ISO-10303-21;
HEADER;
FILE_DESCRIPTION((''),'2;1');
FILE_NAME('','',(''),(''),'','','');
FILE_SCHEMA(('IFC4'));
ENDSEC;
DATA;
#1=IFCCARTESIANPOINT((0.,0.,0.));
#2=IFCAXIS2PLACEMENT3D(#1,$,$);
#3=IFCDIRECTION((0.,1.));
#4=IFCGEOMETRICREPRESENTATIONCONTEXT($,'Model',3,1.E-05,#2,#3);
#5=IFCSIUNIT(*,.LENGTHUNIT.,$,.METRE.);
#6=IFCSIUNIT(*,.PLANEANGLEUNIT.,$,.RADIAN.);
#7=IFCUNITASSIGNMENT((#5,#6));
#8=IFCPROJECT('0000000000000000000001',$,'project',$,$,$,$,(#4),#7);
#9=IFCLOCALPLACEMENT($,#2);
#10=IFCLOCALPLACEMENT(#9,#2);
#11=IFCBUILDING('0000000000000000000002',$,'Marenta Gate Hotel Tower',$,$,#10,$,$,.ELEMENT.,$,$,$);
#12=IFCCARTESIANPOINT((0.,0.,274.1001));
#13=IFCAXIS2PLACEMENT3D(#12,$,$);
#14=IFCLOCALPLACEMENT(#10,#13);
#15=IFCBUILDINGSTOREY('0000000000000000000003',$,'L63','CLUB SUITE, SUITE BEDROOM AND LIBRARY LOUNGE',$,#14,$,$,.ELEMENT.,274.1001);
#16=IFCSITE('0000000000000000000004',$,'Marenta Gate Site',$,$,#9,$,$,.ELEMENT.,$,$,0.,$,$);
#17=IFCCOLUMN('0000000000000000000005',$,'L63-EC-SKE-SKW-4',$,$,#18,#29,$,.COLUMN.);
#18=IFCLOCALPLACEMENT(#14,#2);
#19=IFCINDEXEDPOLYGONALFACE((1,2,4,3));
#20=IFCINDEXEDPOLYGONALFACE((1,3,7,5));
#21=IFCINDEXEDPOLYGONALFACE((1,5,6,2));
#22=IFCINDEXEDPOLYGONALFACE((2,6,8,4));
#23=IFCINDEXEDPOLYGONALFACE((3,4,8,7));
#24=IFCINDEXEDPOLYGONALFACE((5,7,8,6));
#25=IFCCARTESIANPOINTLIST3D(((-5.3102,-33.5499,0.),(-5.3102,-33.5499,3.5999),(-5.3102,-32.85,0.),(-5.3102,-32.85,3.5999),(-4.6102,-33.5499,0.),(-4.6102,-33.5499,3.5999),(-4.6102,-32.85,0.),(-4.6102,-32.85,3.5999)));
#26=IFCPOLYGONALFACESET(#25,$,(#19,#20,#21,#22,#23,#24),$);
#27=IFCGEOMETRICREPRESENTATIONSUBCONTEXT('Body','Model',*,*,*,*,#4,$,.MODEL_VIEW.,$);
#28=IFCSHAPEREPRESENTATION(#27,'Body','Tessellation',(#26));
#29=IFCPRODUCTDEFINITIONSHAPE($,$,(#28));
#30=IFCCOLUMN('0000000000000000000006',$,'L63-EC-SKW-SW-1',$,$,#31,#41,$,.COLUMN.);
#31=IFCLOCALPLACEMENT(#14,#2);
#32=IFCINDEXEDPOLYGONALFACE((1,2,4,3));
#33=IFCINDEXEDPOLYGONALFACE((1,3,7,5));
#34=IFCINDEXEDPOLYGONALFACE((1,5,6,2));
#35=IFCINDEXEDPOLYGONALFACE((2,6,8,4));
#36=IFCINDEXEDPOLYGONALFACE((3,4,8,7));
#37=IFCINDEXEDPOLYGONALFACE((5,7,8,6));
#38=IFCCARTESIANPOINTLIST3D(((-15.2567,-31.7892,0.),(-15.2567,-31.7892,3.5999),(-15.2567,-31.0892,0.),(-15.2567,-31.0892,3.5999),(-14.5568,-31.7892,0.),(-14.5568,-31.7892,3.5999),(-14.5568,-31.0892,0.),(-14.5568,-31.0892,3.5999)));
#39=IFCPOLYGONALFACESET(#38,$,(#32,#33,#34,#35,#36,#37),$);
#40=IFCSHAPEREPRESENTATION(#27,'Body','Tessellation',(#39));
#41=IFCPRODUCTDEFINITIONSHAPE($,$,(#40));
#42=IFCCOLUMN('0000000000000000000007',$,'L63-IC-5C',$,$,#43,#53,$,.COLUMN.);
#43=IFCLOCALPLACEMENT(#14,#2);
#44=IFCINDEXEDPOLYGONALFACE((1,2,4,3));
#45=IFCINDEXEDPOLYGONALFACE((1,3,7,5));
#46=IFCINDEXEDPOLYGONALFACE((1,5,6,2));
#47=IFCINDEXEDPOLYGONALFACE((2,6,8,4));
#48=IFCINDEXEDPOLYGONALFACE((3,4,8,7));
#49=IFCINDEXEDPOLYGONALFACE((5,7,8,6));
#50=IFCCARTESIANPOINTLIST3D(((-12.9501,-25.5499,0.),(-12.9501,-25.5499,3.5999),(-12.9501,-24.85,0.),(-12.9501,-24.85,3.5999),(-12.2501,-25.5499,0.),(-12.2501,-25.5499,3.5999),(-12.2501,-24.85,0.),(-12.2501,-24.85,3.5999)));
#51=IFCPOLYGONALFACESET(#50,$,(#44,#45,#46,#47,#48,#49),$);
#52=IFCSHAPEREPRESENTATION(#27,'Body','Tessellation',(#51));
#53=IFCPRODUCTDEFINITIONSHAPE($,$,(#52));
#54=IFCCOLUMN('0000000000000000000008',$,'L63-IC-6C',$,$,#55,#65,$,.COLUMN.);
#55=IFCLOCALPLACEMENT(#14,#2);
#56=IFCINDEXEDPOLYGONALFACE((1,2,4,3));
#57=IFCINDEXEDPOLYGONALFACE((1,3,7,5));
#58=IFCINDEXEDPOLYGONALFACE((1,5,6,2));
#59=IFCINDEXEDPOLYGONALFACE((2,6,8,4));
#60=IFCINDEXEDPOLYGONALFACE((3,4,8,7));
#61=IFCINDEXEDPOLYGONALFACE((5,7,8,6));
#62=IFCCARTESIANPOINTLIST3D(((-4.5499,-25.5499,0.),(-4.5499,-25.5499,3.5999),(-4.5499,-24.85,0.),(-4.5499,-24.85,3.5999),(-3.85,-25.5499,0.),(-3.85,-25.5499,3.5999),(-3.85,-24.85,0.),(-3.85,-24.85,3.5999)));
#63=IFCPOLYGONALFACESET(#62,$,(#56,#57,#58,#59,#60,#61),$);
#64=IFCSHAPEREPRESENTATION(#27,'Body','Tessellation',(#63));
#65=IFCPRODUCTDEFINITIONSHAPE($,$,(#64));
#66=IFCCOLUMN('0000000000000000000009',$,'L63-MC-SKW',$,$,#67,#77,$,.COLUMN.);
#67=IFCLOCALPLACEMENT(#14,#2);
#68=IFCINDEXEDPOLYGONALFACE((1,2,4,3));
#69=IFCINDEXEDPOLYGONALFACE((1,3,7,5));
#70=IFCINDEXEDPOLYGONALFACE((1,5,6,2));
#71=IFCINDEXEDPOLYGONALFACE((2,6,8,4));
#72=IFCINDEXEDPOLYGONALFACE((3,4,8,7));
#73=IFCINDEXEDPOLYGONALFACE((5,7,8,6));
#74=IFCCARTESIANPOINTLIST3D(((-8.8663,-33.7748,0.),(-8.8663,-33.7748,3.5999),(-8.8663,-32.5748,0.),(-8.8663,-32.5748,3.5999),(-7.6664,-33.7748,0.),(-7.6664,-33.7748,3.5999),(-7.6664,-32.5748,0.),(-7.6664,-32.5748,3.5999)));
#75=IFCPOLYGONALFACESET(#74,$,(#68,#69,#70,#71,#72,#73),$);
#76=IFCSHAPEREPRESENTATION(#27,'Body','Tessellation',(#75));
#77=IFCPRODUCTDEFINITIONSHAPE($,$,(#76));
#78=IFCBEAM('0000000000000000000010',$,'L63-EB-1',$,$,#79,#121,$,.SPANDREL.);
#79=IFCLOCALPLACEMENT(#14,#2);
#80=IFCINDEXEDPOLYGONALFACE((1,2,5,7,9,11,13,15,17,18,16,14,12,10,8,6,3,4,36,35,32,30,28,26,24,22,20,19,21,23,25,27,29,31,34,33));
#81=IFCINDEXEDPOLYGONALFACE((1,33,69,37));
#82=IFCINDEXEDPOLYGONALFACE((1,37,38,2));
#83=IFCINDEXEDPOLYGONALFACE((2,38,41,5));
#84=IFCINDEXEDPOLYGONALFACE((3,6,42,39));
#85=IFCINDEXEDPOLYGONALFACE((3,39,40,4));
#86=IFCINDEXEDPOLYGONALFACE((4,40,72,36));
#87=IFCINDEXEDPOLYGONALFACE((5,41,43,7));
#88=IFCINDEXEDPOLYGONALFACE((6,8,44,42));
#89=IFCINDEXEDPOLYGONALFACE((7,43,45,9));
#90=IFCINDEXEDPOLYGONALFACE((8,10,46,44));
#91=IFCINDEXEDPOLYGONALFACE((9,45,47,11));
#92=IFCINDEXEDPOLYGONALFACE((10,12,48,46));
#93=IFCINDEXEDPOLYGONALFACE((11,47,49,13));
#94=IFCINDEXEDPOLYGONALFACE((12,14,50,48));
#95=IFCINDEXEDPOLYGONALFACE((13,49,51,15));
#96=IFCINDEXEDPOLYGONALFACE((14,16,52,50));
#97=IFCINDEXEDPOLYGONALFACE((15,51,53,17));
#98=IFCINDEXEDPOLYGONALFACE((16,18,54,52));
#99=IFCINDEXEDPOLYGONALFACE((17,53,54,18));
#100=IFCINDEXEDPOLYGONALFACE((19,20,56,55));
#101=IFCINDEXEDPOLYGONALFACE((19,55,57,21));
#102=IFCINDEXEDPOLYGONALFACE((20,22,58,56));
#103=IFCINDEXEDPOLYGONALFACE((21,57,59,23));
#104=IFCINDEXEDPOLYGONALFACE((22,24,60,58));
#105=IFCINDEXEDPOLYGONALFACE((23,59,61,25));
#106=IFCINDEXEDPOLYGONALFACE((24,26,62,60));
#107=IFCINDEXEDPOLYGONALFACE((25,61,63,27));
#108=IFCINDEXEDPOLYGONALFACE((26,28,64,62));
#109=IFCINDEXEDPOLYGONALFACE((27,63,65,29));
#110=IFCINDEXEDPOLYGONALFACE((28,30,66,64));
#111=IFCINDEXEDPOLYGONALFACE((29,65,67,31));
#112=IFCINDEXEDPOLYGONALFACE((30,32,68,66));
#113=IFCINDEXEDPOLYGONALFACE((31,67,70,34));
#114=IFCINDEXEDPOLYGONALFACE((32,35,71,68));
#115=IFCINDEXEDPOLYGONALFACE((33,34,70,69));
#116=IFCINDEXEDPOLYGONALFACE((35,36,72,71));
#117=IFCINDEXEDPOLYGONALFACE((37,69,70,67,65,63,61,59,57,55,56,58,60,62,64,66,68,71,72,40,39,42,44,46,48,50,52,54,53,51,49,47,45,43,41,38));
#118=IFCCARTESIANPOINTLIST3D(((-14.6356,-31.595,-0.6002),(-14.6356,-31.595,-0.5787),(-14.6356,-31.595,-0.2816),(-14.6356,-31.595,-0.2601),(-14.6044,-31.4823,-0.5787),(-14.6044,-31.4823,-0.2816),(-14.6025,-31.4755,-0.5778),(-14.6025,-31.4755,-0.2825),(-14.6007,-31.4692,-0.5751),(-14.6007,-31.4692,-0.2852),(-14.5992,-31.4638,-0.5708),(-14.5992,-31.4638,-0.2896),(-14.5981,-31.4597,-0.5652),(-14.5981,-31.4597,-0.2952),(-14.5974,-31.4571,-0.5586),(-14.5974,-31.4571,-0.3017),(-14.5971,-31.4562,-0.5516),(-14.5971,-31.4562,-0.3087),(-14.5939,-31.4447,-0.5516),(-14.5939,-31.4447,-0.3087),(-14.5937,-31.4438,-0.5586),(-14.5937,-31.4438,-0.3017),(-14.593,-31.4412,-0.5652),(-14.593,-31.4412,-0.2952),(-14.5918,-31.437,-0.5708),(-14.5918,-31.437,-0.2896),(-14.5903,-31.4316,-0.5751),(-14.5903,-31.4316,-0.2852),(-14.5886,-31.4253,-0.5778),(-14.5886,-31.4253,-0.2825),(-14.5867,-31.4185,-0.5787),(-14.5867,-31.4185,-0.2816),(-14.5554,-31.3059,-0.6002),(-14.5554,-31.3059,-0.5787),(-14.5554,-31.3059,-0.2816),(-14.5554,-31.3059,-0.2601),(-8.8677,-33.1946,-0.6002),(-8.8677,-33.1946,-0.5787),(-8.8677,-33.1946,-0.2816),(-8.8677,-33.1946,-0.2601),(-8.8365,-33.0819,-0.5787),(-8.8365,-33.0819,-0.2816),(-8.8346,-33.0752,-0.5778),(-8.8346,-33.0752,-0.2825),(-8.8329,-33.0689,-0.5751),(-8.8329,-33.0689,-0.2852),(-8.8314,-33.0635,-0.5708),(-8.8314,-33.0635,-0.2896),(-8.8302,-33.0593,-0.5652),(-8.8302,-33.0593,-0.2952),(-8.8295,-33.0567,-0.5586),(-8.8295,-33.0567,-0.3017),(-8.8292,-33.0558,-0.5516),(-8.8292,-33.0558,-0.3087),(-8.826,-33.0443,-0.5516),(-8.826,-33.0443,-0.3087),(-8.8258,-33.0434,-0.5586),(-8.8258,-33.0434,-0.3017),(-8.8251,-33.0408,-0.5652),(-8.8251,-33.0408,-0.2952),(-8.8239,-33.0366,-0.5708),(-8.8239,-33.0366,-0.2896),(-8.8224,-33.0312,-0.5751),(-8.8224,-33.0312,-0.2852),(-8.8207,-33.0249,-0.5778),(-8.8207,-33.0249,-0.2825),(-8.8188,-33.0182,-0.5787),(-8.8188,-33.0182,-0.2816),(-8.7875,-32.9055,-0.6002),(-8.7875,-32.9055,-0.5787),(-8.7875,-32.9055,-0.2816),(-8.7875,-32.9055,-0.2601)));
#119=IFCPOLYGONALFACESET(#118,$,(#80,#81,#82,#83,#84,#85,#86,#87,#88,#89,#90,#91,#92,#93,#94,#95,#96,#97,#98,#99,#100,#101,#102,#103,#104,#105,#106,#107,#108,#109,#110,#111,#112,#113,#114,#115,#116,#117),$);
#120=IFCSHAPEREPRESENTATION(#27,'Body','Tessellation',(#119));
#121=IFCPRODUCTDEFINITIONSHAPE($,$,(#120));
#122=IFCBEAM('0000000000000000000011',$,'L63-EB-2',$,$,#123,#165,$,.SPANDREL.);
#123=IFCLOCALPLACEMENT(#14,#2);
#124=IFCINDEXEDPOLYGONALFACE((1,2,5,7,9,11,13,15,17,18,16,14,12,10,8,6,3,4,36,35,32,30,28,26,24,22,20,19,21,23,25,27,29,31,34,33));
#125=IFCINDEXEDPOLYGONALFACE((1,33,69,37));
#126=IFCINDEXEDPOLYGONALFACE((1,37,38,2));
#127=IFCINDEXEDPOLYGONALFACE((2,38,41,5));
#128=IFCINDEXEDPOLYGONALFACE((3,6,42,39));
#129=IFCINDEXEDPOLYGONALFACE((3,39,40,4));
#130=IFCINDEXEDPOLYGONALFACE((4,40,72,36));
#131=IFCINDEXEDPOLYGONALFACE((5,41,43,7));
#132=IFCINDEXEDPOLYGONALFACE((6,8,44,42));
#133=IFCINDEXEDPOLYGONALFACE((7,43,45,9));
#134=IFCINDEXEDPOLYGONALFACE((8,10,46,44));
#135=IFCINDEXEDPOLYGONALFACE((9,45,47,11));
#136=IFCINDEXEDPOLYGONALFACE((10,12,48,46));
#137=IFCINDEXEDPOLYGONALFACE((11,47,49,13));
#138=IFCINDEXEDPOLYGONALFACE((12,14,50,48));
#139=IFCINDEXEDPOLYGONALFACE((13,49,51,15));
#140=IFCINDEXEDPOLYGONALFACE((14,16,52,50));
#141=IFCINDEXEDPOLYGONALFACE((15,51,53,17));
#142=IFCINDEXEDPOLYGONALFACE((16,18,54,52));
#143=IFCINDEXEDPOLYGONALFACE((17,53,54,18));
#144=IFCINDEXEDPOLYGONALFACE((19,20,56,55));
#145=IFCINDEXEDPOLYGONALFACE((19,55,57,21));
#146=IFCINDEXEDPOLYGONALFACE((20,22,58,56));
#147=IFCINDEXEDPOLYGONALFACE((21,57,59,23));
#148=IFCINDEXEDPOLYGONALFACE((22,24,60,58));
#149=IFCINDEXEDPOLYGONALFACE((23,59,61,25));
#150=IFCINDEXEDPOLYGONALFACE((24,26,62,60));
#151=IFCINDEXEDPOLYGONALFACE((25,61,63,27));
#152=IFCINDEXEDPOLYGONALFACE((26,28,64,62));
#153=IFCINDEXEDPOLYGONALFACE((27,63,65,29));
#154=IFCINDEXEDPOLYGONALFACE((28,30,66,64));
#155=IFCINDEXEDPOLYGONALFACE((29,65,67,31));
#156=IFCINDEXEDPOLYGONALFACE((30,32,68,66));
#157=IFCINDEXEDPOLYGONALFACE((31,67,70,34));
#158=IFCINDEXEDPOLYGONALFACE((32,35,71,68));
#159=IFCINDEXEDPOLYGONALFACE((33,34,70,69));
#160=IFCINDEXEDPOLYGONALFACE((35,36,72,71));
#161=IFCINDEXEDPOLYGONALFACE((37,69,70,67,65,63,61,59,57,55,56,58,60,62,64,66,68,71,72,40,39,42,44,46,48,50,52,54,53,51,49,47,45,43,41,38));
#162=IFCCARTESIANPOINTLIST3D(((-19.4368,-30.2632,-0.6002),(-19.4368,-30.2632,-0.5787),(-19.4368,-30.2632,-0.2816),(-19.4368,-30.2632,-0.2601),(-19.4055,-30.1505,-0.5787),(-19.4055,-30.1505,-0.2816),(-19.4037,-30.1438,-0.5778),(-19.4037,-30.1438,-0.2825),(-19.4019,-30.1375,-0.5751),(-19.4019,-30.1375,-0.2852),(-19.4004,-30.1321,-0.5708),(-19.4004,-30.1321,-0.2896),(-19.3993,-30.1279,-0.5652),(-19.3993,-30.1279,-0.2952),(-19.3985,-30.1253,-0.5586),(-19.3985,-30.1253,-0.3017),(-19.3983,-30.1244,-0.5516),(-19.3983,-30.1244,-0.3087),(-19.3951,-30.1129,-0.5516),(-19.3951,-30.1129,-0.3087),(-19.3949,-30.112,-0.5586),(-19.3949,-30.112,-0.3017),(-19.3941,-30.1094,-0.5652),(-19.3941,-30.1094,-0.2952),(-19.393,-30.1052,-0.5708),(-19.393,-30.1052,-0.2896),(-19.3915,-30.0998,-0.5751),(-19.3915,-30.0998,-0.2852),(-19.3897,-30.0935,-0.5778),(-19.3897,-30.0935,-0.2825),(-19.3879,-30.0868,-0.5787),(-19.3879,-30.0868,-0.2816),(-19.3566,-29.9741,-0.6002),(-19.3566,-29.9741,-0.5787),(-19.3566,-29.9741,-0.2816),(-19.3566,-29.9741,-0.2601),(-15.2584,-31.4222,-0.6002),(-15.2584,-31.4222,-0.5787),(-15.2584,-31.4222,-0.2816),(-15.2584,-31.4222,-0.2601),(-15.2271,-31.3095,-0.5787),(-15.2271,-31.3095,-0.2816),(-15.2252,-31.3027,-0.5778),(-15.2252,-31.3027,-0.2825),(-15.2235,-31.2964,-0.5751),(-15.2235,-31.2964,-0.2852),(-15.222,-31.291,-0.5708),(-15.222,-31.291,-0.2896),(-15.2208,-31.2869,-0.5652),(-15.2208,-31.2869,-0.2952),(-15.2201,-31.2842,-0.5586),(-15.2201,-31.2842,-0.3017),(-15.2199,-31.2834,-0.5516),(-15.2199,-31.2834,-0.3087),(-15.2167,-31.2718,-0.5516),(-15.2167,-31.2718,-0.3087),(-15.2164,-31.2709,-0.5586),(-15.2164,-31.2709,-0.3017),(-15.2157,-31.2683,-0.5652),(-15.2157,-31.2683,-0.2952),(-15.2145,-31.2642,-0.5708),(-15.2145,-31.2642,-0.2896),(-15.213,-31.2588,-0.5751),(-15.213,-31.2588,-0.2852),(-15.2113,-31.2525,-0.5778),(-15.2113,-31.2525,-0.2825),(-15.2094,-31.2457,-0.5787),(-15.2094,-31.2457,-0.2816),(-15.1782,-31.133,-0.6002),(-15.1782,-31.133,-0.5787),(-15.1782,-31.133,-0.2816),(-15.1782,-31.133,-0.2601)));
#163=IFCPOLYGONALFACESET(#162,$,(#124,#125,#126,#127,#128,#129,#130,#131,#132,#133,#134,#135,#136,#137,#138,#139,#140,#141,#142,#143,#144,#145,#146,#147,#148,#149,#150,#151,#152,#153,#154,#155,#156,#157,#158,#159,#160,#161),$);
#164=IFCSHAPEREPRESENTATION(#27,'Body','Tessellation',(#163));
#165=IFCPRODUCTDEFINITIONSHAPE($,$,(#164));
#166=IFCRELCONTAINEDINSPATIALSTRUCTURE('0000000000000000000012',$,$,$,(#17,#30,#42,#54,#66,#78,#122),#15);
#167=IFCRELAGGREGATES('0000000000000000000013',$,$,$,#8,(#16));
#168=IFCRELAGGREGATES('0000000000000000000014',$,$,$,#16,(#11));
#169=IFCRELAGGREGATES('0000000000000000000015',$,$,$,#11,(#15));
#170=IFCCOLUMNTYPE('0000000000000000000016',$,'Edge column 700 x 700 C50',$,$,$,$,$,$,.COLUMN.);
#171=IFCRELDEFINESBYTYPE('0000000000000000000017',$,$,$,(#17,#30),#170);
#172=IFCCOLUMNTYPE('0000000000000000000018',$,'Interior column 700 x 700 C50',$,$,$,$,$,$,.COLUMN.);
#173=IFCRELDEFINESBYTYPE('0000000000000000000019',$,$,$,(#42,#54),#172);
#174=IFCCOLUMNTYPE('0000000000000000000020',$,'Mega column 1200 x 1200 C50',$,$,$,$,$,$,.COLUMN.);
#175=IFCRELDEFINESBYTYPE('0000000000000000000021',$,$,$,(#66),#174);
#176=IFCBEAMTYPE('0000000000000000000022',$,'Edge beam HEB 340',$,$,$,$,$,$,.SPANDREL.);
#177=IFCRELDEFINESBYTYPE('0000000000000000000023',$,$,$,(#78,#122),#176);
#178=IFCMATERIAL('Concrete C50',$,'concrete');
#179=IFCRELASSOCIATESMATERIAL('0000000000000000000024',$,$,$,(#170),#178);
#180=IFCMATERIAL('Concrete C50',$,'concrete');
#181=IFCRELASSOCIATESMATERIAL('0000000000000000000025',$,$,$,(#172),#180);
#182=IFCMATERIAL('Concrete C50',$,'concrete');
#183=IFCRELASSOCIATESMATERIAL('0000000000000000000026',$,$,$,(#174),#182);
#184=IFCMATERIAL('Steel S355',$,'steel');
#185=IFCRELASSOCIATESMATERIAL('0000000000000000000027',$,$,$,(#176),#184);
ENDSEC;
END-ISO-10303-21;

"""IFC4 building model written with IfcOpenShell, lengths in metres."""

from ifc_helpers import new_model, si_unit, direction, frame, origin, origin_2d, place, context, subcontext, project, spatial, rectangle, i_section, extrude, material, material_profile, profile_set, type_object, element, save


model = new_model("IFC4")

# Units and contexts
model_context = context("Model", 3, precision=1e-05, world=origin(), true_north=direction((0.0, 1.0)))
body_context = subcontext(model_context, "Body", "Model", "MODEL_VIEW")
ifc_project = project(units=[si_unit("LENGTHUNIT", "METRE"), si_unit("PLANEANGLEUNIT", "RADIAN")], contexts=[model_context])

# Site, building, storey
site_placement = place(None, origin())
site = spatial("IfcSite", under=ifc_project, at=site_placement, Name="Marenta Gate Site", CompositionType="ELEMENT", RefElevation=0.0)
building_placement = place(site_placement, origin())
building = spatial("IfcBuilding", under=site, at=building_placement, Name="Marenta Gate Hotel Tower", CompositionType="ELEMENT")
storey_placement = place(building_placement, frame((0.0, 0.0, 274.1001)))
storey = spatial("IfcBuildingStorey", under=building, at=storey_placement, Name="L63", Description="CLUB SUITE, SUITE BEDROOM AND LIBRARY LOUNGE", CompositionType="ELEMENT", Elevation=274.1001)

# Columns
ifc_material_1 = material(Name="Concrete C50", Category="concrete")
ifc_material_profile_1 = material_profile(ifc_material_1, rectangle(XDim=0.7, YDim=0.7, at=origin_2d()), Name="700 x 700")
ifc_profile_set_1 = profile_set([ifc_material_profile_1], Name="Concrete C50")
column_type_1 = type_object("IfcColumnType", Name="Edge column 700 x 700 C50", PredefinedType="COLUMN", material=ifc_profile_set_1)
for number, where, z_axis, x_axis, name in (
    (1, (-4.9602, -33.2, 0.0), (0.0, 0.0, 1.0), (1.0, 0.0, 0.0), "L63-EC-SKE-SKW-4"),
    (2, (-14.9067, -31.4392, 0.0), (0.0, 0.0, 1.0), (1.0, 0.0, 0.0), "L63-EC-SKW-SW-1"),
):
    element("IfcColumn", number, at=place(storey_placement, frame(where, z_axis=z_axis, x_axis=x_axis)), inside=storey, type_object=column_type_1, Name=name, PredefinedType="COLUMN", context=body_context, shape_type="SweptSolid", body=[
        extrude(rectangle(XDim=0.7, YDim=0.7, at=origin_2d()), origin(), (0.0, 0.0, 1.0), 3.5999),
    ])
ifc_material_2 = material(Name="Concrete C50", Category="concrete")
ifc_material_profile_2 = material_profile(ifc_material_2, rectangle(XDim=0.7, YDim=0.7, at=origin_2d()), Name="700 x 700")
ifc_profile_set_2 = profile_set([ifc_material_profile_2], Name="Concrete C50")
column_type_2 = type_object("IfcColumnType", Name="Interior column 700 x 700 C50", PredefinedType="COLUMN", material=ifc_profile_set_2)
for number, where, z_axis, x_axis, name in (
    (3, (-12.6001, -25.2, 0.0), (0.0, 0.0, 1.0), (1.0, 0.0, 0.0), "L63-IC-5C"),
    (4, (-4.2, -25.2, 0.0), (0.0, 0.0, 1.0), (1.0, 0.0, 0.0), "L63-IC-6C"),
):
    element("IfcColumn", number, at=place(storey_placement, frame(where, z_axis=z_axis, x_axis=x_axis)), inside=storey, type_object=column_type_2, Name=name, PredefinedType="COLUMN", context=body_context, shape_type="SweptSolid", body=[
        extrude(rectangle(XDim=0.7, YDim=0.7, at=origin_2d()), origin(), (0.0, 0.0, 1.0), 3.5999),
    ])
ifc_material_3 = material(Name="Concrete C50", Category="concrete")
ifc_material_profile_3 = material_profile(ifc_material_3, rectangle(XDim=1.2, YDim=1.2, at=origin_2d()), Name="1200 x 1200")
ifc_profile_set_3 = profile_set([ifc_material_profile_3], Name="Concrete C50")
column_type_3 = type_object("IfcColumnType", Name="Mega column 1200 x 1200 C50", PredefinedType="COLUMN", material=ifc_profile_set_3)
column_placement = place(storey_placement, frame((-8.2664, -33.1748, 0.0), z_axis=(0.0, 0.0, 1.0), x_axis=(1.0, 0.0, 0.0)))
element("IfcColumn", 5, at=column_placement, inside=storey, type_object=column_type_3, Name="L63-MC-SKW", PredefinedType="COLUMN", context=body_context, shape_type="SweptSolid", body=[
    extrude(rectangle(XDim=1.2, YDim=1.2, at=origin_2d()), origin(), (0.0, 0.0, 1.0), 3.5999),
])

# Beams
ifc_material_4 = material(Name="Steel S355", Category="steel")
ifc_material_profile_4 = material_profile(ifc_material_4, i_section(OverallWidth=0.3, OverallDepth=0.3401, WebThickness=0.012, FlangeThickness=0.0215, FilletRadius=0.0271, at=origin_2d()), Name="HEB 340")
ifc_profile_set_4 = profile_set([ifc_material_profile_4], Name="Steel S355")
beam_type_1 = type_object("IfcBeamType", Name="Edge beam HEB 340", PredefinedType="SPANDREL", material=ifc_profile_set_4)
beam_1_placement = place(storey_placement, frame((-8.8276, -33.05, -0.4302), z_axis=(-0.963628, 0.267246, 0.0), x_axis=(-0.267246, -0.963628, 0.0)))
element("IfcBeam", 6, at=beam_1_placement, inside=storey, type_object=beam_type_1, Name="L63-EB-1", PredefinedType="SPANDREL", context=body_context, shape_type="SweptSolid", body=[
    extrude(i_section(OverallWidth=0.3, OverallDepth=0.3401, WebThickness=0.012, FlangeThickness=0.0215, FilletRadius=0.0271, at=origin_2d()), origin(), (0.0, 0.0, 1.0), 5.9856),
])
beam_2_placement = place(storey_placement, frame((-15.2183, -31.2776, -0.4302), z_axis=(-0.963622, 0.267269, 0.0), x_axis=(-0.267269, -0.963622, 0.0)))
element("IfcBeam", 7, at=beam_2_placement, inside=storey, type_object=beam_type_1, Name="L63-EB-2", PredefinedType="SPANDREL", context=body_context, shape_type="SweptSolid", body=[
    extrude(i_section(OverallWidth=0.3, OverallDepth=0.3401, WebThickness=0.012, FlangeThickness=0.0215, FilletRadius=0.0271, at=origin_2d()), origin(), (0.0, 0.0, 1.0), 4.3362),
])

save(model, "model.ifc")
